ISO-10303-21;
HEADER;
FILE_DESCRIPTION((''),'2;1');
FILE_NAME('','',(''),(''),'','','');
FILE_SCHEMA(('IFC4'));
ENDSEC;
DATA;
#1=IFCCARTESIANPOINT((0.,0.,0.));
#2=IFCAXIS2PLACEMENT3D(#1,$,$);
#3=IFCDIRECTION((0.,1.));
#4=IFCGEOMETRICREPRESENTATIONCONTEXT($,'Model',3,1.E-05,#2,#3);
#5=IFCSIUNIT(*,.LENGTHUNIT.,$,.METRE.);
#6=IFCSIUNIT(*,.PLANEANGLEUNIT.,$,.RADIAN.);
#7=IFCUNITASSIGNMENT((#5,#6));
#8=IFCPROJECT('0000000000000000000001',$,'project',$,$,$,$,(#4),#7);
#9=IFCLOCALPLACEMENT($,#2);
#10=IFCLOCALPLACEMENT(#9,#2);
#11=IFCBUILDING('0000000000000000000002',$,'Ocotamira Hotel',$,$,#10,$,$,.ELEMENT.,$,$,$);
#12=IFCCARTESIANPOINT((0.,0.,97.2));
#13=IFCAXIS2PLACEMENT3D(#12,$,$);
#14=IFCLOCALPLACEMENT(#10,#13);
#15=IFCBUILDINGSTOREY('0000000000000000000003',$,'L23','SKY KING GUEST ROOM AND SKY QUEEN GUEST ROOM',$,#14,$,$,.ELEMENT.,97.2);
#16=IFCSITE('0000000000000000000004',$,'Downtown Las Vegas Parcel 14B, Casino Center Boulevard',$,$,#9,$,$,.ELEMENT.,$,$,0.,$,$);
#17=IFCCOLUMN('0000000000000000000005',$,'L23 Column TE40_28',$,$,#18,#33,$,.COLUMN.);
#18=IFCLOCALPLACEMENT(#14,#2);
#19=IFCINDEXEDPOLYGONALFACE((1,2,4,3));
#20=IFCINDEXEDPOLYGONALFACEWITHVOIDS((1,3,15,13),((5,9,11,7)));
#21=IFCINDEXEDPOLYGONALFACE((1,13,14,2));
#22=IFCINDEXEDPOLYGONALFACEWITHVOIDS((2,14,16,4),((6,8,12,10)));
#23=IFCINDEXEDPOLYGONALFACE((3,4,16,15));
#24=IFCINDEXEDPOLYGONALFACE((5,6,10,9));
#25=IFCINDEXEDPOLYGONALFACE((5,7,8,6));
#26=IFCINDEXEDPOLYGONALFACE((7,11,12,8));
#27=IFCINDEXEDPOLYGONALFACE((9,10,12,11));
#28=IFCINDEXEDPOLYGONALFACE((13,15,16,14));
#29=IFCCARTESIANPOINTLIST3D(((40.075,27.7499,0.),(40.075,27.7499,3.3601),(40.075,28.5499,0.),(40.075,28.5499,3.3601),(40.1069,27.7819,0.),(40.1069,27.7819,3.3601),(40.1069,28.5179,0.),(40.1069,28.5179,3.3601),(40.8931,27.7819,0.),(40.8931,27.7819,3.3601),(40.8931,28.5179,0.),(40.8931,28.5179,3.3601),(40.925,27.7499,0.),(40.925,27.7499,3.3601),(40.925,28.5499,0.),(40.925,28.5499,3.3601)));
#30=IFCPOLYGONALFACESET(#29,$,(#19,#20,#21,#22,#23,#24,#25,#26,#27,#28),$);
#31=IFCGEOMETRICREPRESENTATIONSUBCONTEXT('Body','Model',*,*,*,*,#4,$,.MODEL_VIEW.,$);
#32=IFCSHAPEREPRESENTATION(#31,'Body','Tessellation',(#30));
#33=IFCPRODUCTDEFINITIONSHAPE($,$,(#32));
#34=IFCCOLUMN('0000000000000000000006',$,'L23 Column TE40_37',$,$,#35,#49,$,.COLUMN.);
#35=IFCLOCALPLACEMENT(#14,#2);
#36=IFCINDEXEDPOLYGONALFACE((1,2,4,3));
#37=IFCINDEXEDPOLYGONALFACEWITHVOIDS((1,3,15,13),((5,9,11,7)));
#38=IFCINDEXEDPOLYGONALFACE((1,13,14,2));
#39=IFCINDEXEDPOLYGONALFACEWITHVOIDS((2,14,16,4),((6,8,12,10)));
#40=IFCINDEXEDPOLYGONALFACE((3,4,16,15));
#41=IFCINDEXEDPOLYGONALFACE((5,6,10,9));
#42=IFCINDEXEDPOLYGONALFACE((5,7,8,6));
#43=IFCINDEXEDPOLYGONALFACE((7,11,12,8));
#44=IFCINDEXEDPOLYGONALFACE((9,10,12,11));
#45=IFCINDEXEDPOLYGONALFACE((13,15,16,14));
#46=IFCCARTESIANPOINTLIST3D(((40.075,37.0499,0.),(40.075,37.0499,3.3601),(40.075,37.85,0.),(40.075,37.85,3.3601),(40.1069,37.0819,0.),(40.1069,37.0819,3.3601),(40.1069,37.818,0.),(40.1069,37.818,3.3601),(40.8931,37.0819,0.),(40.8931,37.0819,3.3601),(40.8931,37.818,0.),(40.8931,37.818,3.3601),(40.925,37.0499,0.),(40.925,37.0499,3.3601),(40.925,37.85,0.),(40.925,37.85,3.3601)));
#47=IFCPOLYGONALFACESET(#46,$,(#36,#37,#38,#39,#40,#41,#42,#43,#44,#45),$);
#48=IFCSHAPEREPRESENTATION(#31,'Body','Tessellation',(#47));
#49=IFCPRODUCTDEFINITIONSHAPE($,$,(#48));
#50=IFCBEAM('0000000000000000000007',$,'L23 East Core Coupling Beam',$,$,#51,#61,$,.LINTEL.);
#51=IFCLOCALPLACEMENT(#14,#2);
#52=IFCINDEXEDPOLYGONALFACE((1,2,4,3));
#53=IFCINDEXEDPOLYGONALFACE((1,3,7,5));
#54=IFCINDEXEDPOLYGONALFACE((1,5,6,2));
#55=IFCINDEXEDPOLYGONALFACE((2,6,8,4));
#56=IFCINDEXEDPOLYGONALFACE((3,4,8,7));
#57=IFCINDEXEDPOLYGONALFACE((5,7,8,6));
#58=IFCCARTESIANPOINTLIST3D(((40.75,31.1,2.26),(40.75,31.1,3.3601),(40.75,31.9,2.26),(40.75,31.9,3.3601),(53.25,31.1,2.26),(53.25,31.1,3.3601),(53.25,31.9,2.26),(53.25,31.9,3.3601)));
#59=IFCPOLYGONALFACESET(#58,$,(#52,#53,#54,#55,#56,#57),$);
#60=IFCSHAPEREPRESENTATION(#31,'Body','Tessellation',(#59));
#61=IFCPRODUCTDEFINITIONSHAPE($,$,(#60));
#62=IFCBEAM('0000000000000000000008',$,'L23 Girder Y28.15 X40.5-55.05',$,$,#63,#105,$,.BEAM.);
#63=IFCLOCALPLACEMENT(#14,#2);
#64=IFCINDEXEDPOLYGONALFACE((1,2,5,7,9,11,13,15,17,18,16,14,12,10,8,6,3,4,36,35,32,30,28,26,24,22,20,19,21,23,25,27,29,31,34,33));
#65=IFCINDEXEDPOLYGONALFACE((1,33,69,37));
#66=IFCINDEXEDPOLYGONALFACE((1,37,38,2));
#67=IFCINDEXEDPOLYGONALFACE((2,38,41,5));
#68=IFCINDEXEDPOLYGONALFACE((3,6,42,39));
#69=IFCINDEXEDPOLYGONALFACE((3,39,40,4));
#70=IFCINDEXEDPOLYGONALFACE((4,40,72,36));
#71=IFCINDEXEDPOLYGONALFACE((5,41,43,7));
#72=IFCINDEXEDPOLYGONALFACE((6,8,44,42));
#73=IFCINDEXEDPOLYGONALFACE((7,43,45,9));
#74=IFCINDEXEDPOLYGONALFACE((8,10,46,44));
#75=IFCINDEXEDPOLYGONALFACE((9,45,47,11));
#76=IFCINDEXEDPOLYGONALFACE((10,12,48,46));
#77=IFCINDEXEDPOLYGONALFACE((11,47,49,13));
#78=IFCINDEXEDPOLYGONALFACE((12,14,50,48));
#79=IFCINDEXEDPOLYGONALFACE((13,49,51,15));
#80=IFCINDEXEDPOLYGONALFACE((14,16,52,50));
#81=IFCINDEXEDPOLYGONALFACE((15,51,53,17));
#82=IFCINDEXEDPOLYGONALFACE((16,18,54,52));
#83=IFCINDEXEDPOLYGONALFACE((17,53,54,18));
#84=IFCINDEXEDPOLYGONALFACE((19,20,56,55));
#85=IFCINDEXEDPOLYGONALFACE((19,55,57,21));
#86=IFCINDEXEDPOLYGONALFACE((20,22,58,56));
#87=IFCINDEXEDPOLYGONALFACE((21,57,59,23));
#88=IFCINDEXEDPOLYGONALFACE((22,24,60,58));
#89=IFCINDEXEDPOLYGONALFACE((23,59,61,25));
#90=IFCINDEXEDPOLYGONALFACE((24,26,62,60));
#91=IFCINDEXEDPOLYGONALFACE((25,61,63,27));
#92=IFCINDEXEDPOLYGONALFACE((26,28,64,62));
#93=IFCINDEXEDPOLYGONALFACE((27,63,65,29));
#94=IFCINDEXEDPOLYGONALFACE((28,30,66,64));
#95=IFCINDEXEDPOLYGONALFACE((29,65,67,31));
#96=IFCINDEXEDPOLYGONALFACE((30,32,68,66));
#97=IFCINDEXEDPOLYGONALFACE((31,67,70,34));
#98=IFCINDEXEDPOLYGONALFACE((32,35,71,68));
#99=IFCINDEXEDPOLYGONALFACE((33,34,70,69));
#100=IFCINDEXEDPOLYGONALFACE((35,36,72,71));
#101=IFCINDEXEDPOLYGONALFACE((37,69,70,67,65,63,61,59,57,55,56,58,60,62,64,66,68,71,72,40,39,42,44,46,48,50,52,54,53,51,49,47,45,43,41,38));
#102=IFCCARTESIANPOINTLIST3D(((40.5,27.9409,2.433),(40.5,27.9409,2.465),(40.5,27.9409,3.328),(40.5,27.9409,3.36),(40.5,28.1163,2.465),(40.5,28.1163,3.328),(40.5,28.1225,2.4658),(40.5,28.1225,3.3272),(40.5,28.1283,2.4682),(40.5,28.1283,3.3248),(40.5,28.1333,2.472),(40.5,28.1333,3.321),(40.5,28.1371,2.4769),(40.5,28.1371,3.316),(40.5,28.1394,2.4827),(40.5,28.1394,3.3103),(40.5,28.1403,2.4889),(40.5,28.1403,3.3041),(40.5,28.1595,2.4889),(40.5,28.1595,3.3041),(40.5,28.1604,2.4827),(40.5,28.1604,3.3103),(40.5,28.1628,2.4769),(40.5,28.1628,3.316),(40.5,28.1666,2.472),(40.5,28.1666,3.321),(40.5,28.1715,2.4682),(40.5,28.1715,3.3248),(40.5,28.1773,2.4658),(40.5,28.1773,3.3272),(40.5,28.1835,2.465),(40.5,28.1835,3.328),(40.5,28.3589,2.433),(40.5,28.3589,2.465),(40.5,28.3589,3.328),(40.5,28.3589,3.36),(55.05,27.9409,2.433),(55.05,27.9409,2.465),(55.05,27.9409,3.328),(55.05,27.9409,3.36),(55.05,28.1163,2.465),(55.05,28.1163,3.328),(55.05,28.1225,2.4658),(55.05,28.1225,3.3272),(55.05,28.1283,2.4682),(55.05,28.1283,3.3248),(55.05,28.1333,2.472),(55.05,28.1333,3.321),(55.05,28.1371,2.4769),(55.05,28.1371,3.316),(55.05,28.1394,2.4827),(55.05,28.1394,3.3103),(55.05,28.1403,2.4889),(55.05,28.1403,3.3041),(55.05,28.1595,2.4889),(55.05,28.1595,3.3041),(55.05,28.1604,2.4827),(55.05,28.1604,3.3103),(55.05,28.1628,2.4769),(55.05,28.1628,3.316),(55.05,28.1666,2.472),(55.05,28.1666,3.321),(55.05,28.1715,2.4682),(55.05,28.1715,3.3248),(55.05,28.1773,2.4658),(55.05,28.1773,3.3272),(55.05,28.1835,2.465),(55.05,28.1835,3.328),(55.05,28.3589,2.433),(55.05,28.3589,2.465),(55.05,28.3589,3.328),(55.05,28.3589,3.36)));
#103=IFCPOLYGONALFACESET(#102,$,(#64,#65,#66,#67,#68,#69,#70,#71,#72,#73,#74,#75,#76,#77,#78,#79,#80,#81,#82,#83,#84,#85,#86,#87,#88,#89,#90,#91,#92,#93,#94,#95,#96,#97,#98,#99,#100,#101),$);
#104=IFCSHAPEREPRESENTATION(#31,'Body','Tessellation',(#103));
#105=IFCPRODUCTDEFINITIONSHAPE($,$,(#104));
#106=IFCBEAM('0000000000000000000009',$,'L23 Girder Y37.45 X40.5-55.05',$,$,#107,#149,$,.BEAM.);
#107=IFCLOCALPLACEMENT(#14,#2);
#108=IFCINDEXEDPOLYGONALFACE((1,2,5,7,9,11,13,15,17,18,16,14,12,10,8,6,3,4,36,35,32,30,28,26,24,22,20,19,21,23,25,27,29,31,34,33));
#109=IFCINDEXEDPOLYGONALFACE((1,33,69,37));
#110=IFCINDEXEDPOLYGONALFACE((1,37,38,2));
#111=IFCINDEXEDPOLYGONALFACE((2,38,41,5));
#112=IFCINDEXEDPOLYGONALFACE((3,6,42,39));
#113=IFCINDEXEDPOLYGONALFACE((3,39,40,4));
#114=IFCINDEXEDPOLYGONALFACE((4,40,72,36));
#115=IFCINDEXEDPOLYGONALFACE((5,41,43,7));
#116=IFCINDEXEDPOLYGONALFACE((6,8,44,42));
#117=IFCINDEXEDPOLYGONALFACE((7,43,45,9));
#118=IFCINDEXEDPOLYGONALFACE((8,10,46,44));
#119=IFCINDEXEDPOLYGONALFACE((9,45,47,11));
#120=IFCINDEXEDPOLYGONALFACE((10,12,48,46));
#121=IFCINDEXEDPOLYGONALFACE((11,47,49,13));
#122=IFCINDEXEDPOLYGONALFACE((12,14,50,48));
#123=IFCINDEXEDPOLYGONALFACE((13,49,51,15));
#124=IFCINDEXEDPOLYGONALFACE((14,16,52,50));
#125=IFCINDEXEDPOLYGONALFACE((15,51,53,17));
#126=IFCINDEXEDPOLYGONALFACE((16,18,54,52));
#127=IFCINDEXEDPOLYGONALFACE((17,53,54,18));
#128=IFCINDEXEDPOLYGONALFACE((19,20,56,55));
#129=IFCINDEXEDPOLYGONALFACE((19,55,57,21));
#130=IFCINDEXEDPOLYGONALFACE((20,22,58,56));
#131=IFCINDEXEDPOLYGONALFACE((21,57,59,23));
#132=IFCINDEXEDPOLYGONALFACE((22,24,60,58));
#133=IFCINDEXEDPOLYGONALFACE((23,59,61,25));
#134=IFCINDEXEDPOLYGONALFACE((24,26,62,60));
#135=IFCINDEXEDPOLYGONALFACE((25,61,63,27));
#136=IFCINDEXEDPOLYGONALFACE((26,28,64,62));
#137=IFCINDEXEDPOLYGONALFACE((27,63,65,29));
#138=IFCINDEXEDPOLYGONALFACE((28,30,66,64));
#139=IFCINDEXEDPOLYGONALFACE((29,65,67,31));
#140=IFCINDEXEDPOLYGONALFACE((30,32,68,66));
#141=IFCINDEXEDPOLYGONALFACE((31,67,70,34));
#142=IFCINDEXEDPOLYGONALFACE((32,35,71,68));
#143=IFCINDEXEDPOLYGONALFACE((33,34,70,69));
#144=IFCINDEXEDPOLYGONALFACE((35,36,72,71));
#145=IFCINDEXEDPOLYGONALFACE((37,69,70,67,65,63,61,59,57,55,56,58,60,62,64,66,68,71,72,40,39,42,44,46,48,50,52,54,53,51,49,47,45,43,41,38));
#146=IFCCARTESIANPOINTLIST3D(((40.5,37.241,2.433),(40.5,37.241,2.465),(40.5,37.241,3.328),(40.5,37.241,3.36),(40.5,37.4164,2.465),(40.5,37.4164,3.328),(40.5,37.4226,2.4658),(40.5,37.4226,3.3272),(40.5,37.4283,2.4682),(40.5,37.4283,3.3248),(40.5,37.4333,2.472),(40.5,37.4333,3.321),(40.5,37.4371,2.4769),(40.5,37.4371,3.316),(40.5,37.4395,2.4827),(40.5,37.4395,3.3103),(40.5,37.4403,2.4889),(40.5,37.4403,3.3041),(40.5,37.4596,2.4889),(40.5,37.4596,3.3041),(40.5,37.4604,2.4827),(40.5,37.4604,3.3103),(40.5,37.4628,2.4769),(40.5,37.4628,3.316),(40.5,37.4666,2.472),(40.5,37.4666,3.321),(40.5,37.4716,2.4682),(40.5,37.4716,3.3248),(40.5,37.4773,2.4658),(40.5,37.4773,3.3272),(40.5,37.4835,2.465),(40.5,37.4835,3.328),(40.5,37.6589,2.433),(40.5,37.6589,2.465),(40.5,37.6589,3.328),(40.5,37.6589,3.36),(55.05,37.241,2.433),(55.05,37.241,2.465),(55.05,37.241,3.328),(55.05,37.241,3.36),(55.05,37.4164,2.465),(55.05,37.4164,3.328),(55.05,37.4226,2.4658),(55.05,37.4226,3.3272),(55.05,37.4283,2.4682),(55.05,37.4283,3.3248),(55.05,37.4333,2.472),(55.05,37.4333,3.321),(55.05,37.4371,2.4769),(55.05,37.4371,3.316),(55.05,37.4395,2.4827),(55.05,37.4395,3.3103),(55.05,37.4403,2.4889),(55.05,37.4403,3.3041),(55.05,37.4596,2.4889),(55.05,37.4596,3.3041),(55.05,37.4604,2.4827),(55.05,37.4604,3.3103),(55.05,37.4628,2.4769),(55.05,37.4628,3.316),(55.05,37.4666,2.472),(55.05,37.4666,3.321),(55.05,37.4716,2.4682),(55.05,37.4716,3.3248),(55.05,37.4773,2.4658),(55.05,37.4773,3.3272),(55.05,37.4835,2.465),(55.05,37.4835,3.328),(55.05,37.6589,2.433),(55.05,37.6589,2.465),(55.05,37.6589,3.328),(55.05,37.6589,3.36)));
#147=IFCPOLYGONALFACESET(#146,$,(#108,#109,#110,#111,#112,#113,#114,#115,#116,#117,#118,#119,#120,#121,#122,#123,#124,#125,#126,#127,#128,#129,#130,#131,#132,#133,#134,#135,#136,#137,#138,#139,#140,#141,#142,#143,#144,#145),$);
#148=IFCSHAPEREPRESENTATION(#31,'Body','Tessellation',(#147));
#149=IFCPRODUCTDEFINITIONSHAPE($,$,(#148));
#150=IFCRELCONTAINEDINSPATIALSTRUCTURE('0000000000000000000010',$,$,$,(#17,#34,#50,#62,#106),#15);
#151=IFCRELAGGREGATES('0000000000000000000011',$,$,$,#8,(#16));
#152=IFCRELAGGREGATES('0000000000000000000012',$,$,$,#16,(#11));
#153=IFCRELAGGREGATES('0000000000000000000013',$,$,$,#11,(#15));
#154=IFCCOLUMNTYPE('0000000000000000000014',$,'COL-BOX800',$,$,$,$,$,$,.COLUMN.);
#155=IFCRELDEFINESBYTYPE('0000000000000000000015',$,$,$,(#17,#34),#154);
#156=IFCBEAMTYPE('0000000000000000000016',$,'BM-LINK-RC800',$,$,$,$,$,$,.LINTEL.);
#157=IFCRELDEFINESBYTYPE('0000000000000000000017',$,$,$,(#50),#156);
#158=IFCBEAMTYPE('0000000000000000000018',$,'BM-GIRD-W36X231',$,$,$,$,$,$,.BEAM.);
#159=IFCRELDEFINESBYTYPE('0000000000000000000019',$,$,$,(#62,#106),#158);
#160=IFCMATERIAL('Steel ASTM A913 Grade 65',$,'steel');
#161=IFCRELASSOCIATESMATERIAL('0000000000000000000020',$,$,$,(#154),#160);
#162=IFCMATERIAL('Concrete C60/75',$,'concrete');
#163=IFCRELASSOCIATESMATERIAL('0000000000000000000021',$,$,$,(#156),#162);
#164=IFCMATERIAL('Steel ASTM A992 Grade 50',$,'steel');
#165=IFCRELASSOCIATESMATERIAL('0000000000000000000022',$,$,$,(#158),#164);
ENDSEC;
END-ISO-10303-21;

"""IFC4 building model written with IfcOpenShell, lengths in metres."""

from ifc_helpers import new_model, si_unit, direction, frame, origin, origin_2d, place, context, subcontext, project, spatial, rectangle, hollow_rectangle, i_section, extrude, source, transform, mapped, material, material_profile, profile_set, type_object, element, save


model = new_model("IFC4")

# Units and contexts
model_context = context("Model", 3, precision=1e-05, world=origin(), true_north=direction((0.0, 1.0)))
body_context = subcontext(model_context, "Body", "Model", "MODEL_VIEW")
ifc_project = project(units=[si_unit("LENGTHUNIT", "METRE"), si_unit("PLANEANGLEUNIT", "RADIAN")], contexts=[model_context])

# Site, building, storey
site_placement = place(None, origin())
site = spatial("IfcSite", under=ifc_project, at=site_placement, Name="Downtown Las Vegas Parcel 14B, Casino Center Boulevard", CompositionType="ELEMENT", RefElevation=0.0)
building_placement = place(site_placement, origin())
building = spatial("IfcBuilding", under=site, at=building_placement, Name="Ocotamira Hotel", CompositionType="ELEMENT")
storey_placement = place(building_placement, frame((0.0, 0.0, 97.2)))
storey = spatial("IfcBuildingStorey", under=building, at=storey_placement, Name="L23", Description="SKY KING GUEST ROOM AND SKY QUEEN GUEST ROOM", CompositionType="ELEMENT", Elevation=97.2)

# Columns
ifc_material_1 = material(Name="Steel ASTM A913 Grade 65", Category="steel")
ifc_material_profile_1 = material_profile(ifc_material_1, hollow_rectangle(XDim=0.8501, YDim=0.8, WallThickness=0.032, at=origin_2d()), Name="BOX800X850X32")
ifc_profile_set_1 = profile_set([ifc_material_profile_1], Name="Steel ASTM A913 Grade 65")
column_type = type_object("IfcColumnType", Name="COL-BOX800", PredefinedType="COLUMN", material=ifc_profile_set_1)
shared_shape_1 = source(origin(), body_context, "Body", "SweptSolid", [
    extrude(hollow_rectangle(XDim=0.8501, YDim=0.8, WallThickness=0.032, at=origin_2d()), origin(), (0.0, 0.0, 1.0), 3.3601),
])
for number, where, z_axis, x_axis, name in (
    (1, (40.5, 28.1499, 0.0), (0.0, 0.0, 1.0), (1.0, 0.0, 0.0), "L23 Column TE40_28"),
    (2, (40.5, 37.45, 0.0), (0.0, 0.0, 1.0), (1.0, 0.0, 0.0), "L23 Column TE40_37"),
):
    element("IfcColumn", number, at=place(storey_placement, frame(where, z_axis=z_axis, x_axis=x_axis)), inside=storey, type_object=column_type, Name=name, PredefinedType="COLUMN", context=body_context, shape_type="MappedRepresentation", body=[
        mapped(shared_shape_1, transform((0.0, 0.0, 0.0), scale=1.0)),
    ])

# Beams
ifc_material_2 = material(Name="Concrete C60/75", Category="concrete")
ifc_material_profile_2 = material_profile(ifc_material_2, rectangle(XDim=0.8, YDim=1.1001, at=origin_2d()), Name="RC800X1100")
ifc_profile_set_2 = profile_set([ifc_material_profile_2], Name="Concrete C60/75")
beam_type_1 = type_object("IfcBeamType", Name="BM-LINK-RC800", PredefinedType="LINTEL", material=ifc_profile_set_2)
shared_shape_2 = source(origin(), body_context, "Body", "SweptSolid", [
    extrude(rectangle(XDim=0.8, YDim=1.1001, at=origin_2d()), origin(), (0.0, 0.0, 1.0), 12.5),
])
beam_1_placement = place(storey_placement, frame((40.75, 31.5, 2.8101), z_axis=(1.0, 0.0, 0.0), x_axis=(0.0, 1.0, 0.0)))
element("IfcBeam", 3, at=beam_1_placement, inside=storey, type_object=beam_type_1, Name="L23 East Core Coupling Beam", PredefinedType="LINTEL", context=body_context, shape_type="MappedRepresentation", body=[
    mapped(shared_shape_2, transform((0.0, 0.0, 0.0), scale=1.0)),
])
ifc_material_3 = material(Name="Steel ASTM A992 Grade 50", Category="steel")
ifc_material_profile_3 = material_profile(ifc_material_3, i_section(OverallWidth=0.418, OverallDepth=0.927, WebThickness=0.0193, FlangeThickness=0.032, FilletRadius=0.0239, at=origin_2d()), Name="W36X231")
ifc_profile_set_3 = profile_set([ifc_material_profile_3], Name="Steel ASTM A992 Grade 50")
beam_type_2 = type_object("IfcBeamType", Name="BM-GIRD-W36X231", PredefinedType="BEAM", material=ifc_profile_set_3)
shared_shape_3 = source(origin(), body_context, "Body", "SweptSolid", [
    extrude(i_section(OverallWidth=0.418, OverallDepth=0.927, WebThickness=0.0193, FlangeThickness=0.032, FilletRadius=0.0239, at=origin_2d()), origin(), (0.0, 0.0, 1.0), 14.55),
])
for number, where, z_axis, x_axis, name in (
    (4, (40.5, 28.1499, 2.8965), (1.0, 0.0, 0.0), (0.0, 1.0, 0.0), "L23 Girder Y28.15 X40.5-55.05"),
    (5, (40.5, 37.45, 2.8965), (1.0, 0.0, 0.0), (0.0, 1.0, 0.0), "L23 Girder Y37.45 X40.5-55.05"),
):
    element("IfcBeam", number, at=place(storey_placement, frame(where, z_axis=z_axis, x_axis=x_axis)), inside=storey, type_object=beam_type_2, Name=name, PredefinedType="BEAM", context=body_context, shape_type="MappedRepresentation", body=[
        mapped(shared_shape_3, transform((0.0, 0.0, 0.0), scale=1.0)),
    ])

save(model, "model.ifc")
